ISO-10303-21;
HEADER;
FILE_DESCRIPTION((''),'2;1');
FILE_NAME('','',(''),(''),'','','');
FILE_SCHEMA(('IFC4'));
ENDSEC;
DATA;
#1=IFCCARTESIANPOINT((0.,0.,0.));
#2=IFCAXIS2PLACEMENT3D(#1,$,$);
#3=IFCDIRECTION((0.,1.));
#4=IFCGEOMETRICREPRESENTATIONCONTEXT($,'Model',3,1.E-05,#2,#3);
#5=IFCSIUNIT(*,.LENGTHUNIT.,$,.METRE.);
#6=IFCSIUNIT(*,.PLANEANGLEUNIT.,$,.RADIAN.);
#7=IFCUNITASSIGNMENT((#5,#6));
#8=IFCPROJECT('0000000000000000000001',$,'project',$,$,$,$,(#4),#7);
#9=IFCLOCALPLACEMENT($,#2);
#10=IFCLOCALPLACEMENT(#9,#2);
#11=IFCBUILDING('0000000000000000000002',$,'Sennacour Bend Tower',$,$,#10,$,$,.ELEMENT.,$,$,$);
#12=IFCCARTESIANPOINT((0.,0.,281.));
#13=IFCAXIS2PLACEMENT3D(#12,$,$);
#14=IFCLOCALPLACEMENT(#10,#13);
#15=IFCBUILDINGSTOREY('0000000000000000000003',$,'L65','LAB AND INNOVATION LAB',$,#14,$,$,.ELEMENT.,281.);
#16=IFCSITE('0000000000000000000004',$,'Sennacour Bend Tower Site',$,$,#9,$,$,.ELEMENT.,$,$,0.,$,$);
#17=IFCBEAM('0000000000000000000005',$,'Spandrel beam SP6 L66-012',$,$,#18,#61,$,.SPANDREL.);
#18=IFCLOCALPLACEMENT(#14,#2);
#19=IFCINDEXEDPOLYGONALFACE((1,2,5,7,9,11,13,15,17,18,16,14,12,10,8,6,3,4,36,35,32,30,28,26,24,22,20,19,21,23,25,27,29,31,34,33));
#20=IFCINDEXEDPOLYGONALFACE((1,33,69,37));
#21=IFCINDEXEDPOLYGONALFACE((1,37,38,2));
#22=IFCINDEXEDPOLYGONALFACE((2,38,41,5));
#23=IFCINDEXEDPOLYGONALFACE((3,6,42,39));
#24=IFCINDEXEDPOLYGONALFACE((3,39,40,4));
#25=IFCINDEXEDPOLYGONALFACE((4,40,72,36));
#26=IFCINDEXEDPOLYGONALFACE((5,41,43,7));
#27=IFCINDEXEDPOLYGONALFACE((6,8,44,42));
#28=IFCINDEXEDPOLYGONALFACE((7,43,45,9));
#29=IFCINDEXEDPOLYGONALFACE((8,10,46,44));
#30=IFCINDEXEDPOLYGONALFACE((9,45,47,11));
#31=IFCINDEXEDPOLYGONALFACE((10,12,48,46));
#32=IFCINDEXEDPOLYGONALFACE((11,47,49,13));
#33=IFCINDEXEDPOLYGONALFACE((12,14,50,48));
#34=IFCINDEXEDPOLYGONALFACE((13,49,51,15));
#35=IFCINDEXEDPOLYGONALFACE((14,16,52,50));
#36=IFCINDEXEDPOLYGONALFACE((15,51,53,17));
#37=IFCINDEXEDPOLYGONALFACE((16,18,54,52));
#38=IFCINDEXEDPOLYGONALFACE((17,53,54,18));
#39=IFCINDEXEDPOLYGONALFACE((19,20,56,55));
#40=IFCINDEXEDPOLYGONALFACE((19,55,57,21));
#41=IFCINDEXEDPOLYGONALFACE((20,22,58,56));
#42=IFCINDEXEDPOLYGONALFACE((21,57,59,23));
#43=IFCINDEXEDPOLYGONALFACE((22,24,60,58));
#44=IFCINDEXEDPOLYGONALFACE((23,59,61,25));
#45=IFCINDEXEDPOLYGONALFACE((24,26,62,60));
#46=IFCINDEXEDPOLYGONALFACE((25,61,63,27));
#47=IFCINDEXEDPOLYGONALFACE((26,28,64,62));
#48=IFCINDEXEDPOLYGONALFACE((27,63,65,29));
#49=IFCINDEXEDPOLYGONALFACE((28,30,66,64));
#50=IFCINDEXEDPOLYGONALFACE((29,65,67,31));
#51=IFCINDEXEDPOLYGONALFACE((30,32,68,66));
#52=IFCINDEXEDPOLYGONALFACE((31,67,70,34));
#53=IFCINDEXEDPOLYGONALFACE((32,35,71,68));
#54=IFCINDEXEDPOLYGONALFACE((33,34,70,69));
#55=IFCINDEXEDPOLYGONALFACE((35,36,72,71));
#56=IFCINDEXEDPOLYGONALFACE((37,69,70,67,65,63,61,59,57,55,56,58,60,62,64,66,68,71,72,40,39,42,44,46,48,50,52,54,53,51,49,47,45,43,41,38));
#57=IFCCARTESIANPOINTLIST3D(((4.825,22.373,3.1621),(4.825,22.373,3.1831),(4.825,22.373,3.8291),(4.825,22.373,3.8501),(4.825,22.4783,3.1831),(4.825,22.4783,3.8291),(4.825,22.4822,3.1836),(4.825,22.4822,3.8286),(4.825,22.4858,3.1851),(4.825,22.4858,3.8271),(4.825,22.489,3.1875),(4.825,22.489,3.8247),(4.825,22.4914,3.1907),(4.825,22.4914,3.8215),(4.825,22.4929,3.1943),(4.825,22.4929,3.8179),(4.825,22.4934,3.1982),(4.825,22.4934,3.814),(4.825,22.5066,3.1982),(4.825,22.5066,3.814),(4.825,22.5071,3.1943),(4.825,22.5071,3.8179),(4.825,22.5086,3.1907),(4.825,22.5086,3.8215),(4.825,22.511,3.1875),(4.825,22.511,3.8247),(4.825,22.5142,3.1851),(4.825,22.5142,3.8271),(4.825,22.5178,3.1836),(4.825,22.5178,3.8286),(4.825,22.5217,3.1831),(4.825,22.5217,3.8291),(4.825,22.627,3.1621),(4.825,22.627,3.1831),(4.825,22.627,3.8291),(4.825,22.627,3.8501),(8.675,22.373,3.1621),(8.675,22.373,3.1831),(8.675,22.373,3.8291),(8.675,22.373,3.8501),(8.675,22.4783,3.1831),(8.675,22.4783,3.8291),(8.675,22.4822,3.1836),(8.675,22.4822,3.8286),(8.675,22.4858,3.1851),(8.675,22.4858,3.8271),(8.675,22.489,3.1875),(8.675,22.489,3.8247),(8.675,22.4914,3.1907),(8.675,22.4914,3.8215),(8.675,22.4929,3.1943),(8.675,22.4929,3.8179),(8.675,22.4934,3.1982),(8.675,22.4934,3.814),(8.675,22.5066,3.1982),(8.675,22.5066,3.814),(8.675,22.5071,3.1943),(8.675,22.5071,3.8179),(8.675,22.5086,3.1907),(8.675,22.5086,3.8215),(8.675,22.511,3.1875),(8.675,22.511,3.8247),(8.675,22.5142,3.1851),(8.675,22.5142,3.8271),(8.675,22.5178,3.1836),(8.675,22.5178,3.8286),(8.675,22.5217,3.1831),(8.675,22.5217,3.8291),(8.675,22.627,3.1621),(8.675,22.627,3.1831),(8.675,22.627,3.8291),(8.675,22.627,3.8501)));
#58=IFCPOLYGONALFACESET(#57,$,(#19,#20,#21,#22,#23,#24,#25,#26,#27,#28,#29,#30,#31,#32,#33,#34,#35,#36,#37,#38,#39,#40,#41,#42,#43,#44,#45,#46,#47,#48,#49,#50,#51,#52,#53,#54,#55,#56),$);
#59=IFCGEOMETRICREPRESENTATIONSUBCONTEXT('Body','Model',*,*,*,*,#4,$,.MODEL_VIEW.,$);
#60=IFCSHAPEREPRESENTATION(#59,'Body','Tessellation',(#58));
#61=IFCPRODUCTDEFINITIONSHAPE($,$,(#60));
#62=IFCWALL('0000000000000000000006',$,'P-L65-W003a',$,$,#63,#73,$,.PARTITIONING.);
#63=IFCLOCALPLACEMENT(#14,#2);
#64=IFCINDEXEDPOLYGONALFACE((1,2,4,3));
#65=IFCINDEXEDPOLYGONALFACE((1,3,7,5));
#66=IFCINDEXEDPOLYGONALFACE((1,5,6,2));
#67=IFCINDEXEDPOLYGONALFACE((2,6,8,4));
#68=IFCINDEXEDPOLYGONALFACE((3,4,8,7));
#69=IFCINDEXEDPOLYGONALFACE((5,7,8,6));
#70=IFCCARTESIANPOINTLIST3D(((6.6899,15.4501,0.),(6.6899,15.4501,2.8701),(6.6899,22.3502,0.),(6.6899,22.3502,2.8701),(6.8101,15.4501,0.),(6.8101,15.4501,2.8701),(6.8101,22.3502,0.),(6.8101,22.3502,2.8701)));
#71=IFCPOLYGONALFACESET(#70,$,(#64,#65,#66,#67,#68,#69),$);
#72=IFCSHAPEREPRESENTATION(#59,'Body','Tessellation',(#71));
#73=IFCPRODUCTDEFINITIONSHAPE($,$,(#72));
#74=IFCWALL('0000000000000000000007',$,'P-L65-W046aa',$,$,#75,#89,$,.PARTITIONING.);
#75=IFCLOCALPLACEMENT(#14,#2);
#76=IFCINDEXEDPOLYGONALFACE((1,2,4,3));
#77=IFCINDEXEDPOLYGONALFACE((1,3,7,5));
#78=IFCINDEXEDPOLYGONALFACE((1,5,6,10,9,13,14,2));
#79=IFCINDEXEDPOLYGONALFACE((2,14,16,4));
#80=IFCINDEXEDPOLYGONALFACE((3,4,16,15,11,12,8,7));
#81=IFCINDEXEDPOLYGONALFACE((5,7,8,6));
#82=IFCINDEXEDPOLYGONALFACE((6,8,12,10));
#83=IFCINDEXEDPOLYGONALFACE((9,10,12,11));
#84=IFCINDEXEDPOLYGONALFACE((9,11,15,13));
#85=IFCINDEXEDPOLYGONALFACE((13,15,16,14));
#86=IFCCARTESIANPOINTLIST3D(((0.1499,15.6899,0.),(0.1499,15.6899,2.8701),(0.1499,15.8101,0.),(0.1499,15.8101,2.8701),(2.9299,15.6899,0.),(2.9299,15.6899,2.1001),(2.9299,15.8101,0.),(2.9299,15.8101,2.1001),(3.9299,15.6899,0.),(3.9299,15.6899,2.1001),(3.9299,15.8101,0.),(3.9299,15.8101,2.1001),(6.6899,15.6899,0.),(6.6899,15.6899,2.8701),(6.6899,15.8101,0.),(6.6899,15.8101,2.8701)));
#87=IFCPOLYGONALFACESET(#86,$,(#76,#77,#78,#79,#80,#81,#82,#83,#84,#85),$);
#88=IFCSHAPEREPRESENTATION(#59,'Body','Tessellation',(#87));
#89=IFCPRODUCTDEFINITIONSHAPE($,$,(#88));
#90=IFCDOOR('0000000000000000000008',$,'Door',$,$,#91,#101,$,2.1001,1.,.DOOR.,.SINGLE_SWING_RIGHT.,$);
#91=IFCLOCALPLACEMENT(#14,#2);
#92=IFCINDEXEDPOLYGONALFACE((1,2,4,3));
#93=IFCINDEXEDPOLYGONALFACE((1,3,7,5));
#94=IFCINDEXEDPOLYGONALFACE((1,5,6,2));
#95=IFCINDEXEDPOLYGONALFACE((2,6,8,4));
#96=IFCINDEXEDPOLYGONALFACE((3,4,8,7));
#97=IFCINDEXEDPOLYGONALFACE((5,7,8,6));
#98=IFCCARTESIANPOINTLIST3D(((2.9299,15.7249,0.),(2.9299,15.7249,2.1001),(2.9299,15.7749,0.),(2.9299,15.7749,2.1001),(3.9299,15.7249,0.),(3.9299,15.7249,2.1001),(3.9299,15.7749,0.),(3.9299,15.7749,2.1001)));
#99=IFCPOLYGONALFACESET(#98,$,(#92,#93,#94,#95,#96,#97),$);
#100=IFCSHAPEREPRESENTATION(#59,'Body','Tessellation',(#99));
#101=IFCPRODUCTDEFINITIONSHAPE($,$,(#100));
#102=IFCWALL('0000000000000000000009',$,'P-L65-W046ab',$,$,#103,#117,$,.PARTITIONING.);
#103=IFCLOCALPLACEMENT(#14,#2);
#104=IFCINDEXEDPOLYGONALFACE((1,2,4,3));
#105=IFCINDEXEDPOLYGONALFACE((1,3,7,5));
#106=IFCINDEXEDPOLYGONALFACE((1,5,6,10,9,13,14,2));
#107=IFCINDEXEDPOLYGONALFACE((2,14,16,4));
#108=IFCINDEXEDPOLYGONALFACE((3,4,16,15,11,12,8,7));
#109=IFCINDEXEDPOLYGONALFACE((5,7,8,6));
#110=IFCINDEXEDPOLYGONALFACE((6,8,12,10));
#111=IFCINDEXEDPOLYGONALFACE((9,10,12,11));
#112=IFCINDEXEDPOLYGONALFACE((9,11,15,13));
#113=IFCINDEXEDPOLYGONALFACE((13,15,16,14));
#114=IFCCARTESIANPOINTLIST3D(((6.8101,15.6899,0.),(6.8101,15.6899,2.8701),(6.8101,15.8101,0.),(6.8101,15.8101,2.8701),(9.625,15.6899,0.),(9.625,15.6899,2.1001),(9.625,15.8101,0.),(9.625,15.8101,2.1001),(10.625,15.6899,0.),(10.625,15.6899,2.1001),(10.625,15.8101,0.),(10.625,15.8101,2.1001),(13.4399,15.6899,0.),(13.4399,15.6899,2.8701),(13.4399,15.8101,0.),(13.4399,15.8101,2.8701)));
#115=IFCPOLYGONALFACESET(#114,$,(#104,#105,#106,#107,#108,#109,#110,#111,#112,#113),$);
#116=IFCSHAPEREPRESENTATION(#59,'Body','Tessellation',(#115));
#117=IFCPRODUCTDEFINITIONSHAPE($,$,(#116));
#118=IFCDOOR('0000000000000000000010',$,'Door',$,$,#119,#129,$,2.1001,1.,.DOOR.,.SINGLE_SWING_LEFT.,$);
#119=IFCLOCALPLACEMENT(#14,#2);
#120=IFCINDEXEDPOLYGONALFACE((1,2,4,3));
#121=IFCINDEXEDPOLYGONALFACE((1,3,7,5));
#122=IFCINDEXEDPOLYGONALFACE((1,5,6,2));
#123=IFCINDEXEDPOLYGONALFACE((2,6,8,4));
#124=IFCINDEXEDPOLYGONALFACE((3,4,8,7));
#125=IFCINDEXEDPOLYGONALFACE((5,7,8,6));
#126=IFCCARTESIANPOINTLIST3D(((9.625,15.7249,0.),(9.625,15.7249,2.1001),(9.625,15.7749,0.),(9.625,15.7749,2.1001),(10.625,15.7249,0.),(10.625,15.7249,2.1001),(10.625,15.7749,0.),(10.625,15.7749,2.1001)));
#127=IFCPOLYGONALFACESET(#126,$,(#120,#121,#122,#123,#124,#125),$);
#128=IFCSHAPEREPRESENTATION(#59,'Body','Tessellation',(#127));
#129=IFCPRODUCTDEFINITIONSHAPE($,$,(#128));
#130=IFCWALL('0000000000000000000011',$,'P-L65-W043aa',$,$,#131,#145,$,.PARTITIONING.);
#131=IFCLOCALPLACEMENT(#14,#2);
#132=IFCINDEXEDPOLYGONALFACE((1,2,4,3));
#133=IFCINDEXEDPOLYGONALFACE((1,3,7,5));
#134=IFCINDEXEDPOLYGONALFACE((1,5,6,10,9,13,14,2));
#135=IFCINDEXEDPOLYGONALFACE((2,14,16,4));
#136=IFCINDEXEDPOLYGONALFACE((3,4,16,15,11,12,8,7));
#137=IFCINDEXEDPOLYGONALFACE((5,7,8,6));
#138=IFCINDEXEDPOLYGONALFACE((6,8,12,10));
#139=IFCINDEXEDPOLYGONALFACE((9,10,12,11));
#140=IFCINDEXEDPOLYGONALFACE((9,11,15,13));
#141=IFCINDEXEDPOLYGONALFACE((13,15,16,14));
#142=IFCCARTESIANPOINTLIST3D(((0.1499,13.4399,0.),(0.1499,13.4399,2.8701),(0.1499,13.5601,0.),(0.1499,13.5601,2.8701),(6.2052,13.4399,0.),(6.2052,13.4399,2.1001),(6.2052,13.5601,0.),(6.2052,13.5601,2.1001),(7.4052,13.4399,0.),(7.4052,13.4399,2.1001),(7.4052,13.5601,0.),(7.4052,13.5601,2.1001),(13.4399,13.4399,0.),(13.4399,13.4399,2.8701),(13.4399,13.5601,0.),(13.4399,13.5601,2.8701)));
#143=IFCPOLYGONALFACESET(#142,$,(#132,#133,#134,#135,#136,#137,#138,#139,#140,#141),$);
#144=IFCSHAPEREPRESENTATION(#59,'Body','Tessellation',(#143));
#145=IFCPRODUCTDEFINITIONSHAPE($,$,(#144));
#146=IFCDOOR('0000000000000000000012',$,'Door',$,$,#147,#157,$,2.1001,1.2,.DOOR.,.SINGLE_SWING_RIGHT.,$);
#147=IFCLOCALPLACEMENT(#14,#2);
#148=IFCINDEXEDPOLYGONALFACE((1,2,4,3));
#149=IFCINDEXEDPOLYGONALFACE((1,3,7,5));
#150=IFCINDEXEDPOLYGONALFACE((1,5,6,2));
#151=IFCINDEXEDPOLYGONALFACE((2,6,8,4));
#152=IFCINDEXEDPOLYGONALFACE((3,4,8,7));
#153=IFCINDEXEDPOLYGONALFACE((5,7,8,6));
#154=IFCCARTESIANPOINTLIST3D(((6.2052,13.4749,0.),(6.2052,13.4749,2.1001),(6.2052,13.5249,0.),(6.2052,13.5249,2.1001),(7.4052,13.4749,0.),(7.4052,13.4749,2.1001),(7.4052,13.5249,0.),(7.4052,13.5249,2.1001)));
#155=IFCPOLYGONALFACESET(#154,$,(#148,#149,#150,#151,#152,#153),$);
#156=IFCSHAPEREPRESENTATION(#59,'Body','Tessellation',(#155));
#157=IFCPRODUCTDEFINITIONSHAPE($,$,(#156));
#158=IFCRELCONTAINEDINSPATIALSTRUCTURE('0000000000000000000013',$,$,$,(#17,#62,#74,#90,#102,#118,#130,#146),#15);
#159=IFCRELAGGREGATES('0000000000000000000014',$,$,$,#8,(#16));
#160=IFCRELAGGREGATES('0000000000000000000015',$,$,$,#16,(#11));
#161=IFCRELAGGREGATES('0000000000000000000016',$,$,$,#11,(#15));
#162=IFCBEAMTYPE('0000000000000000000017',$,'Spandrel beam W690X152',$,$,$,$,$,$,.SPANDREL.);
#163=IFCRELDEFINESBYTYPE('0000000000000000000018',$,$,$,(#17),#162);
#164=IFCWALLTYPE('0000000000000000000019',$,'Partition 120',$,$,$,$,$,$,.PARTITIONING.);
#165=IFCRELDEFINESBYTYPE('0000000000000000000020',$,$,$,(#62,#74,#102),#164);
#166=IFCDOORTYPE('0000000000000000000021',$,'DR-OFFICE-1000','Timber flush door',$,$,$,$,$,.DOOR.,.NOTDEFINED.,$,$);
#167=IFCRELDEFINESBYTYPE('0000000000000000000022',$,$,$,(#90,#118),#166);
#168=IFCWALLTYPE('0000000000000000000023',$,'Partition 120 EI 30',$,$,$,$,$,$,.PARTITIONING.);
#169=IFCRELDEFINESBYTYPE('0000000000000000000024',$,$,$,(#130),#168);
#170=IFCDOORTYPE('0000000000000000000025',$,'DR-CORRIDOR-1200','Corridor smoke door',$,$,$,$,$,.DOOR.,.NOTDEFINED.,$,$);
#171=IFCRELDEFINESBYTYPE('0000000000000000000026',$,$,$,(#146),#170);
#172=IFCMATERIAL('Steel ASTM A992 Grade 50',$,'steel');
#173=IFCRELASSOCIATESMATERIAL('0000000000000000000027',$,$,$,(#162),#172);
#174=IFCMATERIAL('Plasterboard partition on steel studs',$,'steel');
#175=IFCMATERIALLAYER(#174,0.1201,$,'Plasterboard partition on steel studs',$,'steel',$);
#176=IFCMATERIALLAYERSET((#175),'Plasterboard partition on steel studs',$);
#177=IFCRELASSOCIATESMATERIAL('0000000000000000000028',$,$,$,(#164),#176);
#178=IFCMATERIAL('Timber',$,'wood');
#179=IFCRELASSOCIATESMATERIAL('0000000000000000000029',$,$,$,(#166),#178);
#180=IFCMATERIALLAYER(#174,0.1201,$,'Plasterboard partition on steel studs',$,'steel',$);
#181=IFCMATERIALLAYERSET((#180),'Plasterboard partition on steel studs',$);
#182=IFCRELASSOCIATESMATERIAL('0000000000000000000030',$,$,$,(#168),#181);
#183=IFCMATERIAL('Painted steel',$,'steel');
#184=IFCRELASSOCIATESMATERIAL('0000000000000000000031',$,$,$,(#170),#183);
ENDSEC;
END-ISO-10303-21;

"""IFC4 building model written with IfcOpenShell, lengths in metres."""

from ifc_helpers import new_model, si_unit, direction, frame, frame_2d, origin, origin_2d, place, context, subcontext, project, spatial, rectangle, i_section, extrude, material, layer, layer_set, material_profile, profile_set, type_object, element, fill, save


model = new_model("IFC4")

# Units and contexts
model_context = context("Model", 3, precision=1e-05, world=origin(), true_north=direction((0.0, 1.0)))
body_context = subcontext(model_context, "Body", "Model", "MODEL_VIEW")
ifc_project = project(units=[si_unit("LENGTHUNIT", "METRE"), si_unit("PLANEANGLEUNIT", "RADIAN")], contexts=[model_context])

# Site, building, storey
site_placement = place(None, origin())
site = spatial("IfcSite", under=ifc_project, at=site_placement, Name="Sennacour Bend Tower Site", CompositionType="ELEMENT", RefElevation=0.0)
building_placement = place(site_placement, origin())
building = spatial("IfcBuilding", under=site, at=building_placement, Name="Sennacour Bend Tower", CompositionType="ELEMENT")
storey_placement = place(building_placement, frame((0.0, 0.0, 281.0)))
storey = spatial("IfcBuildingStorey", under=building, at=storey_placement, Name="L65", Description="LAB AND INNOVATION LAB", CompositionType="ELEMENT", Elevation=281.0)

# Beam
ifc_material_1 = material(Name="Steel ASTM A992 Grade 50", Category="steel")
ifc_material_profile_1 = material_profile(ifc_material_1, i_section(OverallWidth=0.2539, OverallDepth=0.688, WebThickness=0.0132, FlangeThickness=0.021, FilletRadius=0.0151, at=origin_2d()), Name="Steel ASTM A992 Grade 50", Category="steel")
ifc_profile_set_1 = profile_set([ifc_material_profile_1], Name="Steel ASTM A992 Grade 50")
beam_type = type_object("IfcBeamType", Name="Spandrel beam W690X152", PredefinedType="SPANDREL", material=ifc_profile_set_1)
for number, where, z_axis, x_axis, name in (
    (1, (4.825, 22.5, 3.5061), (1.0, 0.0, 0.0), (0.0, 1.0, 0.0), "Spandrel beam SP6 L66-012"),
):
    element("IfcBeam", number, at=place(storey_placement, frame(where, z_axis=z_axis, x_axis=x_axis)), inside=storey, type_object=beam_type, Name=name, PredefinedType="SPANDREL", context=body_context, shape_type="SweptSolid", body=[
        extrude(i_section(OverallWidth=0.2539, OverallDepth=0.688, WebThickness=0.0132, FlangeThickness=0.021, FilletRadius=0.0151, at=origin_2d()), origin(), (0.0, 0.0, 1.0), 3.8501),
    ])

# Wall
ifc_material_2 = material(Name="Plasterboard partition on steel studs", Category="steel")
ifc_layer_1 = layer(ifc_material_2, 0.1201, Name="Plasterboard partition on steel studs", Category="steel")
ifc_layer_set_1 = layer_set([ifc_layer_1], Name="Plasterboard partition on steel studs")
wall_type_1 = type_object("IfcWallType", Name="Partition 120", PredefinedType="PARTITIONING", material=ifc_layer_set_1)
wall_1_placement = place(storey_placement, frame((6.75, 15.45, 0.0), z_axis=(0.0, 0.0, 1.0), x_axis=(0.0, 1.0, 0.0)))
element("IfcWall", 2, at=wall_1_placement, inside=storey, type_object=wall_type_1, Name="P-L65-W003a", PredefinedType="PARTITIONING", context=body_context, shape_type="SweptSolid", body=[
    extrude(rectangle(XDim=6.9001, YDim=0.1201, at=frame_2d((3.4502, 0.0))), origin(), (0.0, 0.0, 1.0), 2.8701),
])

# Walls, openings, doors
wall_2_placement = place(storey_placement, frame((0.1499, 15.75, 0.0), z_axis=(0.0, 0.0, 1.0), x_axis=(1.0, 0.0, 0.0)))
wall_2 = element("IfcWall", 3, at=wall_2_placement, inside=storey, type_object=wall_type_1, Name="P-L65-W046aa", PredefinedType="PARTITIONING", context=body_context, shape_type="SweptSolid", body=[
    extrude(rectangle(XDim=6.54, YDim=0.1201, at=frame_2d((3.27, 0.0))), origin(), (0.0, 0.0, 1.0), 2.8701),
])
opening_1_placement = place(wall_2_placement, frame((2.78, 0.0, 0.0)))
opening_1 = element("IfcOpeningElement", 4, at=opening_1_placement, cuts=wall_2, PredefinedType="OPENING", context=body_context, shape_type="SweptSolid", body=[
    extrude(rectangle(XDim=1.0, YDim=2.1001, at=frame_2d((0.5, 1.05))), frame((0.0, 0.0701, 0.0), z_axis=(0.0, -1.0, 0.0), x_axis=(1.0, 0.0, 0.0)), (0.0, 0.0, 1.0), 0.1401),
])
ifc_material_3 = material(Name="Timber", Category="wood")
door_type_1 = type_object("IfcDoorType", Name="DR-OFFICE-1000", Description="Timber flush door", OperationType="NOTDEFINED", PredefinedType="DOOR", material=ifc_material_3)
door_1_placement = place(opening_1_placement, origin())
door_1 = element("IfcDoor", 5, at=door_1_placement, inside=storey, type_object=door_type_1, Name="Door", OperationType="SINGLE_SWING_RIGHT", OverallHeight=2.1001, OverallWidth=1.0, PredefinedType="DOOR", context=body_context, shape_type="SweptSolid", body=[
    extrude(rectangle(XDim=1.0, YDim=2.1001, at=frame_2d((0.5, 1.05))), frame((0.0, 0.0249, 0.0), z_axis=(0.0, -1.0, 0.0), x_axis=(1.0, 0.0, 0.0)), (0.0, 0.0, 1.0), 0.05),
])
fill(opening_1, door_1)
wall_3_placement = place(storey_placement, frame((6.8101, 15.75, 0.0), z_axis=(0.0, 0.0, 1.0), x_axis=(1.0, 0.0, 0.0)))
wall_3 = element("IfcWall", 6, at=wall_3_placement, inside=storey, type_object=wall_type_1, Name="P-L65-W046ab", PredefinedType="PARTITIONING", context=body_context, shape_type="SweptSolid", body=[
    extrude(rectangle(XDim=6.6299, YDim=0.1201, at=frame_2d((3.3149, 0.0))), origin(), (0.0, 0.0, 1.0), 2.8701),
])
opening_2_placement = place(wall_3_placement, frame((2.8149, 0.0, 0.0)))
opening_2 = element("IfcOpeningElement", 7, at=opening_2_placement, cuts=wall_3, PredefinedType="OPENING", context=body_context, shape_type="SweptSolid", body=[
    extrude(rectangle(XDim=1.0, YDim=2.1001, at=frame_2d((0.5, 1.05))), frame((0.0, 0.0701, 0.0), z_axis=(0.0, -1.0, 0.0), x_axis=(1.0, 0.0, 0.0)), (0.0, 0.0, 1.0), 0.1401),
])
door_2_placement = place(opening_2_placement, origin())
door_2 = element("IfcDoor", 8, at=door_2_placement, inside=storey, type_object=door_type_1, Name="Door", OperationType="SINGLE_SWING_LEFT", OverallHeight=2.1001, OverallWidth=1.0, PredefinedType="DOOR", context=body_context, shape_type="SweptSolid", body=[
    extrude(rectangle(XDim=1.0, YDim=2.1001, at=frame_2d((0.5, 1.05))), frame((0.0, 0.0249, 0.0), z_axis=(0.0, -1.0, 0.0), x_axis=(1.0, 0.0, 0.0)), (0.0, 0.0, 1.0), 0.05),
])
fill(opening_2, door_2)
ifc_layer_2 = layer(ifc_material_2, 0.1201, Name="Plasterboard partition on steel studs", Category="steel")
ifc_layer_set_2 = layer_set([ifc_layer_2], Name="Plasterboard partition on steel studs")
wall_type_2 = type_object("IfcWallType", Name="Partition 120 EI 30", PredefinedType="PARTITIONING", material=ifc_layer_set_2)
wall_4_placement = place(storey_placement, frame((0.1499, 13.5, 0.0), z_axis=(0.0, 0.0, 1.0), x_axis=(1.0, 0.0, 0.0)))
wall_4 = element("IfcWall", 9, at=wall_4_placement, inside=storey, type_object=wall_type_2, Name="P-L65-W043aa", PredefinedType="PARTITIONING", context=body_context, shape_type="SweptSolid", body=[
    extrude(rectangle(XDim=13.29, YDim=0.1201, at=frame_2d((6.645, 0.0))), origin(), (0.0, 0.0, 1.0), 2.8701),
])
opening_3_placement = place(wall_4_placement, frame((6.0552, 0.0, 0.0)))
opening_3 = element("IfcOpeningElement", 10, at=opening_3_placement, cuts=wall_4, PredefinedType="OPENING", context=body_context, shape_type="SweptSolid", body=[
    extrude(rectangle(XDim=1.2, YDim=2.1001, at=frame_2d((0.6001, 1.05))), frame((0.0, 0.0701, 0.0), z_axis=(0.0, -1.0, 0.0), x_axis=(1.0, 0.0, 0.0)), (0.0, 0.0, 1.0), 0.1401),
])
ifc_material_4 = material(Name="Painted steel", Category="steel")
door_type_2 = type_object("IfcDoorType", Name="DR-CORRIDOR-1200", Description="Corridor smoke door", OperationType="NOTDEFINED", PredefinedType="DOOR", material=ifc_material_4)
door_3_placement = place(opening_3_placement, origin())
door_3 = element("IfcDoor", 11, at=door_3_placement, inside=storey, type_object=door_type_2, Name="Door", OperationType="SINGLE_SWING_RIGHT", OverallHeight=2.1001, OverallWidth=1.2, PredefinedType="DOOR", context=body_context, shape_type="SweptSolid", body=[
    extrude(rectangle(XDim=1.2, YDim=2.1001, at=frame_2d((0.6001, 1.05))), frame((0.0, 0.0249, 0.0), z_axis=(0.0, -1.0, 0.0), x_axis=(1.0, 0.0, 0.0)), (0.0, 0.0, 1.0), 0.05),
])
fill(opening_3, door_3)

save(model, "model.ifc")
